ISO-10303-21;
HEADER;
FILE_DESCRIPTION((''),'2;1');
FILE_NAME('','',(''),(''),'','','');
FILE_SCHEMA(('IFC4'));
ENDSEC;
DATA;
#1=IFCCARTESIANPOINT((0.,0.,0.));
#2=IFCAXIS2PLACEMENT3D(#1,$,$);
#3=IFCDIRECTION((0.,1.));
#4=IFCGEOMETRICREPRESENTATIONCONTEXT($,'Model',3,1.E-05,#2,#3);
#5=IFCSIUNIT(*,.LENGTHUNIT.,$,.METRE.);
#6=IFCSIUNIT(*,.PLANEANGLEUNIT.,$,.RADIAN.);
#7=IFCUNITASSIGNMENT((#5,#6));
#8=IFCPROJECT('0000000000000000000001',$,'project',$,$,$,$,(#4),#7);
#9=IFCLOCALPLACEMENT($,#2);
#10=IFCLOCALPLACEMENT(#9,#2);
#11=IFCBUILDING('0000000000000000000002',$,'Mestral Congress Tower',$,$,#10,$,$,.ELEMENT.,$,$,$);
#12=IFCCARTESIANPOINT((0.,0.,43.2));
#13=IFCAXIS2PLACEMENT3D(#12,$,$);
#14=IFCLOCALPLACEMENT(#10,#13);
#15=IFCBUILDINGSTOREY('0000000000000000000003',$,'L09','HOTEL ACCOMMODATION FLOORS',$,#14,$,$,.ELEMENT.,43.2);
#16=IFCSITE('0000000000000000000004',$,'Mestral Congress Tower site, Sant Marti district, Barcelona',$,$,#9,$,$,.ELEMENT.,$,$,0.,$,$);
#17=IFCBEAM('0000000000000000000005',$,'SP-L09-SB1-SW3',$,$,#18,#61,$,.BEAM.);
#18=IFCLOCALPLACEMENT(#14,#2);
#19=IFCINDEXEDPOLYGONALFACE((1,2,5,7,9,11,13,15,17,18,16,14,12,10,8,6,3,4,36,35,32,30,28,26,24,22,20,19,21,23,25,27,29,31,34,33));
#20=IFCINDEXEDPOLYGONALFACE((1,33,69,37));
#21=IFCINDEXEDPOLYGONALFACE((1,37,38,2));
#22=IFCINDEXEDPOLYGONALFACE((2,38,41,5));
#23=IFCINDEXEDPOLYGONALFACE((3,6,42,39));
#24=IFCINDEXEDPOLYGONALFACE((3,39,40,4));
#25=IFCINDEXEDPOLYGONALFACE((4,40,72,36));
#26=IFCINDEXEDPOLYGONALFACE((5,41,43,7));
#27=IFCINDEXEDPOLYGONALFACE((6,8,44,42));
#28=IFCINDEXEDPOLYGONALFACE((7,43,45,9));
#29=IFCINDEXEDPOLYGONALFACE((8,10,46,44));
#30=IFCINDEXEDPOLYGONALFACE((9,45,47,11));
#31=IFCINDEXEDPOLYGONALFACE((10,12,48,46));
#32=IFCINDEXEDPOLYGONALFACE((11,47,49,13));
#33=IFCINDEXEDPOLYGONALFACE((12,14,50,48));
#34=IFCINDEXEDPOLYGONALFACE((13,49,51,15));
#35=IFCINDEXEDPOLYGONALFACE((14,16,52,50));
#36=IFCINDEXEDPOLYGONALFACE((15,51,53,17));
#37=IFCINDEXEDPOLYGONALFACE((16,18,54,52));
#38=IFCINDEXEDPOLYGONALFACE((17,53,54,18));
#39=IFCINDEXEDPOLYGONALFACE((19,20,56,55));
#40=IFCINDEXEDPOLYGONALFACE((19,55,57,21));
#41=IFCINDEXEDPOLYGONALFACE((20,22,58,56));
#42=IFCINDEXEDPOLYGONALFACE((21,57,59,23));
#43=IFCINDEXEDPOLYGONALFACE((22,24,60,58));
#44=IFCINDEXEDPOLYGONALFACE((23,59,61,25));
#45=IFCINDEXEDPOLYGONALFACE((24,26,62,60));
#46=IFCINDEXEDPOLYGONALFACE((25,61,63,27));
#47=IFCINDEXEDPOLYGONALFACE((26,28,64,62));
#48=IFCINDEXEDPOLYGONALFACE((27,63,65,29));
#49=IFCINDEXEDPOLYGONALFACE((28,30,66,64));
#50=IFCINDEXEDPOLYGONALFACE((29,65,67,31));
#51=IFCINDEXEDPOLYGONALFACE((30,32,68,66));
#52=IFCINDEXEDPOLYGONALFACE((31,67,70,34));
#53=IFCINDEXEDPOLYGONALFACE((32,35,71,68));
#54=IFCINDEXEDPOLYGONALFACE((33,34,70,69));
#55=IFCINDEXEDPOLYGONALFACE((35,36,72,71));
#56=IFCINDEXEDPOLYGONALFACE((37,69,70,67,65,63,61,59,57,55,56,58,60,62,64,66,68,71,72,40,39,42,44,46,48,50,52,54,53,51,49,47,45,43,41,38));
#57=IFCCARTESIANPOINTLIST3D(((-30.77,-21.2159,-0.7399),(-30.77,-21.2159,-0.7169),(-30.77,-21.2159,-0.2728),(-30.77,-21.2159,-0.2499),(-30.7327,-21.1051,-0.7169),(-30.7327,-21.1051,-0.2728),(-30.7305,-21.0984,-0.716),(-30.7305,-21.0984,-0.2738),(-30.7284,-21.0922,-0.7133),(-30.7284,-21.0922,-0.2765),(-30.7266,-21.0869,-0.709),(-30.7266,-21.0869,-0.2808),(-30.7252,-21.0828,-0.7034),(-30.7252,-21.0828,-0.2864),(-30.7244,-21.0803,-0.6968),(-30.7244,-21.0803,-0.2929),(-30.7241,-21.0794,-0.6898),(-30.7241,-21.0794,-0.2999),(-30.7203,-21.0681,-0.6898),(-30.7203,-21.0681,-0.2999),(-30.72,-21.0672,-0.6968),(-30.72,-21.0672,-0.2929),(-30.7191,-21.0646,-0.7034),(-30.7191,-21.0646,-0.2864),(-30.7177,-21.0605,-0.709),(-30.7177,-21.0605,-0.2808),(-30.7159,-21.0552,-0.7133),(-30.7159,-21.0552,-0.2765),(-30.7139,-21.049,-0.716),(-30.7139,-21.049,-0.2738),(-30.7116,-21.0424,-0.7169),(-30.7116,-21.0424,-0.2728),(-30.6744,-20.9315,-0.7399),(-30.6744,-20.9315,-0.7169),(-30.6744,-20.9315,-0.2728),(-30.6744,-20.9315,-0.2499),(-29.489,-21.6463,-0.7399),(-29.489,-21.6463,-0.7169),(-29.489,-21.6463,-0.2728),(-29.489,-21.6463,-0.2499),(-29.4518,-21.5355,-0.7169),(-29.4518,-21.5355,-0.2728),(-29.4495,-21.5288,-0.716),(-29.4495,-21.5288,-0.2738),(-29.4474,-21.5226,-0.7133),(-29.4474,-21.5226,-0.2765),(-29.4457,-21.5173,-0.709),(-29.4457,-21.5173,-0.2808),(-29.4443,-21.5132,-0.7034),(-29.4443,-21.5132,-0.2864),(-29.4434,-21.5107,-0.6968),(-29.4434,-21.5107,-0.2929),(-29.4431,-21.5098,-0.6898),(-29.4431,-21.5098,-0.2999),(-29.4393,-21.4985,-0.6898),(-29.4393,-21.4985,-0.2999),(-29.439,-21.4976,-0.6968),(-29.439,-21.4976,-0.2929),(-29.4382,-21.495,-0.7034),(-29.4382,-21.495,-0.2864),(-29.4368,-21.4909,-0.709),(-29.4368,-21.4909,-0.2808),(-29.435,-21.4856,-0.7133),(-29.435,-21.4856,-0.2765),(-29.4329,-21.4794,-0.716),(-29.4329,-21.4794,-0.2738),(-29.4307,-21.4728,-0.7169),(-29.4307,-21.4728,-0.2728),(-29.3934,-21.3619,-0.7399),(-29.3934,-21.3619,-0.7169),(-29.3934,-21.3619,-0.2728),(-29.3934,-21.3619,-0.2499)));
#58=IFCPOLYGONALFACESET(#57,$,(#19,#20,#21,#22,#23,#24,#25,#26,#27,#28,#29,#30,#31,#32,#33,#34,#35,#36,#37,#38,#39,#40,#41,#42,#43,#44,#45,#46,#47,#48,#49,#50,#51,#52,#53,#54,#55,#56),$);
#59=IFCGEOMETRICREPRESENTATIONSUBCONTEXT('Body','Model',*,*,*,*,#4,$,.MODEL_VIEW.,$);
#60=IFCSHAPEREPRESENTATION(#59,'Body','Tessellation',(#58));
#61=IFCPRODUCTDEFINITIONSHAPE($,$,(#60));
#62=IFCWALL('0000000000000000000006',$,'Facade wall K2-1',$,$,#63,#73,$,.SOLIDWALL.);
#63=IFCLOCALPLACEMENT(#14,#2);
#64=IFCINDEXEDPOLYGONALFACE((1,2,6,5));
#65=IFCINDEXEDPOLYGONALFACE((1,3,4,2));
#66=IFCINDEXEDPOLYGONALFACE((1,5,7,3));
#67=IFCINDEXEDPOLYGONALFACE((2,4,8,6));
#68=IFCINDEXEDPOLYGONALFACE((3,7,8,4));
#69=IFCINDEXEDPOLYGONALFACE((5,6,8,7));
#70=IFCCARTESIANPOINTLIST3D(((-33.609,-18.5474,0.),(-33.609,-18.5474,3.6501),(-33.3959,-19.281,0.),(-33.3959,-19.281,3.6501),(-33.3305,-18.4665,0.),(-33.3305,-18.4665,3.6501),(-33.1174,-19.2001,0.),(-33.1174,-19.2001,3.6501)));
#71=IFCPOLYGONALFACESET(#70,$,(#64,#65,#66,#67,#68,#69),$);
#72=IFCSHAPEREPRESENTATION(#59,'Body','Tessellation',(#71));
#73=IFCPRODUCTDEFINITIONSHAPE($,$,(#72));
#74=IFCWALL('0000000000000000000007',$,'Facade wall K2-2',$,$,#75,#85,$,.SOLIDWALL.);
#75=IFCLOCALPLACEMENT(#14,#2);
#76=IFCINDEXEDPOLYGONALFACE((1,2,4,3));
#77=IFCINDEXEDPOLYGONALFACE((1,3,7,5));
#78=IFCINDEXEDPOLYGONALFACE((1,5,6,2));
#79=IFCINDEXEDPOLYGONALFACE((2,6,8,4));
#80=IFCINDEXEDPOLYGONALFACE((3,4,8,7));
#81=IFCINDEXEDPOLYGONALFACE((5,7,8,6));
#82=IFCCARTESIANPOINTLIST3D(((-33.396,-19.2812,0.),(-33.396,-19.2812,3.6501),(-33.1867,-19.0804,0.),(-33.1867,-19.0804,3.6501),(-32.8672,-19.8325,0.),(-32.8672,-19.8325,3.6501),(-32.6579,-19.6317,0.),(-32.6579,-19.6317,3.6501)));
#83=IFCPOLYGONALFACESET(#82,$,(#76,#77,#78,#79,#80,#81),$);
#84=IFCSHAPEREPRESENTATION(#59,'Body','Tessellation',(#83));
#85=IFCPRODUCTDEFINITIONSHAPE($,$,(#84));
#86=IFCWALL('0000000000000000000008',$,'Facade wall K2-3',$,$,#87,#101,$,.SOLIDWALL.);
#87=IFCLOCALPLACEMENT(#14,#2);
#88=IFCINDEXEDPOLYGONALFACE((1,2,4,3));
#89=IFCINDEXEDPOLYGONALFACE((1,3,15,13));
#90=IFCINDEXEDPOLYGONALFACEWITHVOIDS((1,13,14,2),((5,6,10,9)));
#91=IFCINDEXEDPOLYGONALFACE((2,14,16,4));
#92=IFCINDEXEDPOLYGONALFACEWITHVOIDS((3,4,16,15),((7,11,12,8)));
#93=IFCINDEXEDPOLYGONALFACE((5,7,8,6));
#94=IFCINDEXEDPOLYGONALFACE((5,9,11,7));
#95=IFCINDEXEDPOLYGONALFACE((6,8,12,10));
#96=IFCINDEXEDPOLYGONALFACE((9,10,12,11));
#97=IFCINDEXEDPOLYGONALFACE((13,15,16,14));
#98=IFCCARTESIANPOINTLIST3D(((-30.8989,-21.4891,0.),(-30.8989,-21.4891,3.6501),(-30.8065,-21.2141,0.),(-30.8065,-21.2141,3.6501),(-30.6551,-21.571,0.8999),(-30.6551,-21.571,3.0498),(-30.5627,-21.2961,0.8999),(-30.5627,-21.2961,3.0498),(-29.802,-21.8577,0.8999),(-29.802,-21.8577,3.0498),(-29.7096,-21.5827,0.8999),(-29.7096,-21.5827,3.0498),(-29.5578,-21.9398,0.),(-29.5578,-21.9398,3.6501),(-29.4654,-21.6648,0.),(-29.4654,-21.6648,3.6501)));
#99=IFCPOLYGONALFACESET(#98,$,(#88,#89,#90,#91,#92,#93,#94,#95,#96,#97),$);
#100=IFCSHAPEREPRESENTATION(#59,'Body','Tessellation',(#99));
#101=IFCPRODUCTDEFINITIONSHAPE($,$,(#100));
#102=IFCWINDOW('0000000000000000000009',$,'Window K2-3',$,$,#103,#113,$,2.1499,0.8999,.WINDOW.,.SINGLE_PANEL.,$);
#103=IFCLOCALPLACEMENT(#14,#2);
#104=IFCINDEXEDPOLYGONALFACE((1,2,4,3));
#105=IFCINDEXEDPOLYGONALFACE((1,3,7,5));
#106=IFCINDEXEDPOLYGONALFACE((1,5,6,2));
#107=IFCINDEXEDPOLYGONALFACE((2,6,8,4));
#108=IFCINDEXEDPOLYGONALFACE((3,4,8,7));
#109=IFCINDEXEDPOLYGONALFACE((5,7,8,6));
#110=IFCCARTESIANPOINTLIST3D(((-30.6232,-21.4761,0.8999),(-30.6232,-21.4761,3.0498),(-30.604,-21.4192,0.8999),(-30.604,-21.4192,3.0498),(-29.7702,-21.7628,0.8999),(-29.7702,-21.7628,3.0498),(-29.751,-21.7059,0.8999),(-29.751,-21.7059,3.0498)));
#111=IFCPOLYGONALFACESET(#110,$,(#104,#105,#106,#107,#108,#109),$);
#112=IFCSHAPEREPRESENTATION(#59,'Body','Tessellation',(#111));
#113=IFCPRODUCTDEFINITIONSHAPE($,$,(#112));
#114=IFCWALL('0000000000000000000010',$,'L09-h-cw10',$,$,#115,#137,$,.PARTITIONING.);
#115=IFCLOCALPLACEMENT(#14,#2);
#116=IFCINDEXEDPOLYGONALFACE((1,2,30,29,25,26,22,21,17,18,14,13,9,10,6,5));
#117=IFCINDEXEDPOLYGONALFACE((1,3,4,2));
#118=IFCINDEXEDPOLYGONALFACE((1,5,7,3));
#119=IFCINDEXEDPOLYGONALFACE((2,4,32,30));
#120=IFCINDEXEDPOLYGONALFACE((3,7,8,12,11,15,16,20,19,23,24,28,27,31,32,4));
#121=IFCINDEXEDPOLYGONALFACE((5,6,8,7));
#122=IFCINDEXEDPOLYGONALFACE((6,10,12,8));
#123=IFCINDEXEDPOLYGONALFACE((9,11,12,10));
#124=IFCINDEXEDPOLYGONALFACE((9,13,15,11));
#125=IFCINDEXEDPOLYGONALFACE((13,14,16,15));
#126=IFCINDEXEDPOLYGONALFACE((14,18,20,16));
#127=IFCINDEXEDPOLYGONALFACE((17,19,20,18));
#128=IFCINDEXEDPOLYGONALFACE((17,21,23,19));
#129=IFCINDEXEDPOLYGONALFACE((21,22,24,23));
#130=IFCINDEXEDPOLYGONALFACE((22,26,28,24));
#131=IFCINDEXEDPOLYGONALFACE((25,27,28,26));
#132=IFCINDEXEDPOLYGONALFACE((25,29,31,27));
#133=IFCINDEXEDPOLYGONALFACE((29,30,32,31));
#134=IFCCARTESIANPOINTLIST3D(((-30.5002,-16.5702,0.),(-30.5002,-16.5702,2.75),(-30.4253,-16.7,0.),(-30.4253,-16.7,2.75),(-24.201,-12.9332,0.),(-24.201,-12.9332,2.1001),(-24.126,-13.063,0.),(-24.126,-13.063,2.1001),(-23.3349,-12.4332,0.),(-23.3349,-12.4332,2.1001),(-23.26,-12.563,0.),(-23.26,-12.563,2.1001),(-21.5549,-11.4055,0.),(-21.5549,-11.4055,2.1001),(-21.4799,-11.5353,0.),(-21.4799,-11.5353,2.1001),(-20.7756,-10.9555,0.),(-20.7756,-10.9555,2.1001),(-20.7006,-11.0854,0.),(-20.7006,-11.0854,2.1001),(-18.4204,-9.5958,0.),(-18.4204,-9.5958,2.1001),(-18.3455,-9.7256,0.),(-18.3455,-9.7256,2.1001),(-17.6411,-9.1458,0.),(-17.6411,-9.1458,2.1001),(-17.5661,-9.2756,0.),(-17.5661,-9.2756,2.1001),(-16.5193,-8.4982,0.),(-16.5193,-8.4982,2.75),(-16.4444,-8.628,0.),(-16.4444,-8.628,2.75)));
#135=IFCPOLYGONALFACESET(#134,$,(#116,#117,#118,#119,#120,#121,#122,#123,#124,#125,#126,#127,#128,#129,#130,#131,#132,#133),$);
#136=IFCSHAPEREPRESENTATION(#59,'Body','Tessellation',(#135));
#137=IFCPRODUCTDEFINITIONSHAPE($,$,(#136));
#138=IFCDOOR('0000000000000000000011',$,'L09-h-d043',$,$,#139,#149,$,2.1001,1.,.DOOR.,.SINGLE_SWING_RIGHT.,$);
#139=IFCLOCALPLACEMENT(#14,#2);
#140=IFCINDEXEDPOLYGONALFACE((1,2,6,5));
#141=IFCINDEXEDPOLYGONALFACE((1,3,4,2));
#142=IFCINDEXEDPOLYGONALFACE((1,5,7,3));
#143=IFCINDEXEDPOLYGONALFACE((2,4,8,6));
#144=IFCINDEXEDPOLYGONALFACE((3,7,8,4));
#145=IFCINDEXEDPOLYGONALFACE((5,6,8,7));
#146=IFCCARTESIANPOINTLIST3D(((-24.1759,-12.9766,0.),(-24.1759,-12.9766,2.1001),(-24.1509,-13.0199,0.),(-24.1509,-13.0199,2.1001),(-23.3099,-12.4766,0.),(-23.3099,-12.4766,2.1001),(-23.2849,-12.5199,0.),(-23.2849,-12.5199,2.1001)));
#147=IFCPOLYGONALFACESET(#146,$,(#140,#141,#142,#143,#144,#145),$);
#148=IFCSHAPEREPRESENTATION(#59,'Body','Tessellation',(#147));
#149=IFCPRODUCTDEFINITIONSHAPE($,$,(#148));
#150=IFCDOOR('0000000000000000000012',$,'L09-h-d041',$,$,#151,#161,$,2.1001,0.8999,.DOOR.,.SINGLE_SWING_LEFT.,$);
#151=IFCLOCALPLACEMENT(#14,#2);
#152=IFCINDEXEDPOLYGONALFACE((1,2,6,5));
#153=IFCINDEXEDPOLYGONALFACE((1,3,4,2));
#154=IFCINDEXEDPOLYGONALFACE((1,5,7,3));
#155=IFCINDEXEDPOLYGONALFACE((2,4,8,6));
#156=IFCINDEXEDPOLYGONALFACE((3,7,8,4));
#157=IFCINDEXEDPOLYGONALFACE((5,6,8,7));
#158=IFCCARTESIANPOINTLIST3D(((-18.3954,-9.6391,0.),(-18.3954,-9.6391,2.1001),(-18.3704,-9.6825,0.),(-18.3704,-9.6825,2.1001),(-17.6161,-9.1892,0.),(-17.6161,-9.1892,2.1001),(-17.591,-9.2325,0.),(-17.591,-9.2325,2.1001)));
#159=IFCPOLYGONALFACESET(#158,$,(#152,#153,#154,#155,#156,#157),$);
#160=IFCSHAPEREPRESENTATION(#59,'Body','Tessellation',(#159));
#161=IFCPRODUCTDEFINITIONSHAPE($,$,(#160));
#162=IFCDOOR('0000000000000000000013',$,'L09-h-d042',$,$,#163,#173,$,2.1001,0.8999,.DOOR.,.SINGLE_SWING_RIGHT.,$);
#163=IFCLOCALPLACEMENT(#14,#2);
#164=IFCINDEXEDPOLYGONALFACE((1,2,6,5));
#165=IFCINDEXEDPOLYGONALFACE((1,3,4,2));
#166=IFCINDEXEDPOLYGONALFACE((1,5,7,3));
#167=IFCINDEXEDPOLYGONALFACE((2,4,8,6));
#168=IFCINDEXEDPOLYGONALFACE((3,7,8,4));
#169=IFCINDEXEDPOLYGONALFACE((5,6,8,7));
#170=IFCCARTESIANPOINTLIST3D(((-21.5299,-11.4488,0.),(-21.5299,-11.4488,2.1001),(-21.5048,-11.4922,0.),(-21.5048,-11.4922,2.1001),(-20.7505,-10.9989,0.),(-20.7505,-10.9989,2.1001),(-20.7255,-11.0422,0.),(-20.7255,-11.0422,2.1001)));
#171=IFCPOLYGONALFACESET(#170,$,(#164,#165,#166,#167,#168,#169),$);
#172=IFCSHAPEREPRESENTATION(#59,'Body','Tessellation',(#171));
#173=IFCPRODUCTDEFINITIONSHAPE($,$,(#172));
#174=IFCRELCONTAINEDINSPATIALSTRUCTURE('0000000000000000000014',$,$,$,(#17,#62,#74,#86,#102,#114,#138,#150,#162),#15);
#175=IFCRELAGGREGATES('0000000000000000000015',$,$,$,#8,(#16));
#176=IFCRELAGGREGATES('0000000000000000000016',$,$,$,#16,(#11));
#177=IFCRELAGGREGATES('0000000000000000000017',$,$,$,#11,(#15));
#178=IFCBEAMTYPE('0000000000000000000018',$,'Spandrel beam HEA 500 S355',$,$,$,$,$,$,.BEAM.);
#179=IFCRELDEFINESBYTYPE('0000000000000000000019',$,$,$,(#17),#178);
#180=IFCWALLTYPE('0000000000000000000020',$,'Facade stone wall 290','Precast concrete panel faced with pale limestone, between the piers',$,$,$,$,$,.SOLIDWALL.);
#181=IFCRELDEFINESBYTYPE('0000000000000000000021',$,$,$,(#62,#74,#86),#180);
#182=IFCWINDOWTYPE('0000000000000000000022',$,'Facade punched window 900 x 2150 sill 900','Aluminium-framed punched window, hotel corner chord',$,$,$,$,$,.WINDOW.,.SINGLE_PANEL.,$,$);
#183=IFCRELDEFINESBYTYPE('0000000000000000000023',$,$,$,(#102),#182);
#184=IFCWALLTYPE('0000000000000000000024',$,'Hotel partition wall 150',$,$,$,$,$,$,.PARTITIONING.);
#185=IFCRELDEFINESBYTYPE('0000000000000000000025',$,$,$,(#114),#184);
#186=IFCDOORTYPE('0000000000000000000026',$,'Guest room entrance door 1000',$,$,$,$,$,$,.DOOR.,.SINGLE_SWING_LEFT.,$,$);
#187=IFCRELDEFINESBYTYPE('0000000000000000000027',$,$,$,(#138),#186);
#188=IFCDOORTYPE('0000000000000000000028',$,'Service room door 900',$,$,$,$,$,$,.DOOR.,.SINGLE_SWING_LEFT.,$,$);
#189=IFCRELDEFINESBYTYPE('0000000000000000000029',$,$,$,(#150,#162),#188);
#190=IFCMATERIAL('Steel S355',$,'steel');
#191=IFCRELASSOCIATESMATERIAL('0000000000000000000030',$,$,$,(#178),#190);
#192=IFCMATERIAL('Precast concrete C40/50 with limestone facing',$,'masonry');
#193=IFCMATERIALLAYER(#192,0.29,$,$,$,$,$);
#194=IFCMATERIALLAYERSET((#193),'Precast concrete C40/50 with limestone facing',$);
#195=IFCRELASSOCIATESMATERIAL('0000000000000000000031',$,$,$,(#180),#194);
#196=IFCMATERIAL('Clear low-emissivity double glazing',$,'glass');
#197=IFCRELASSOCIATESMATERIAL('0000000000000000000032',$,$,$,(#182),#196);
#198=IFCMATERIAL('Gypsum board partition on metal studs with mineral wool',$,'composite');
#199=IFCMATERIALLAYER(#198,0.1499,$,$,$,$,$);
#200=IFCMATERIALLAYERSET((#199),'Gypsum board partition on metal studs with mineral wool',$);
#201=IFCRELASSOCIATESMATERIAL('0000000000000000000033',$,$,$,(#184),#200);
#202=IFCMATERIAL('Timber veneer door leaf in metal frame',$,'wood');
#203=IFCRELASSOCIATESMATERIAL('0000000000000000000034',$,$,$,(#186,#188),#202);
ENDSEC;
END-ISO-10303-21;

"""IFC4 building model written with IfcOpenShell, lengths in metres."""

from ifc_helpers import new_model, si_unit, direction, frame, frame_2d, origin, origin_2d, place, context, subcontext, project, spatial, rectangle, i_section, extrude, material, layer, layer_set, material_profile, profile_set, type_object, element, fill, save


model = new_model("IFC4")

# Units and contexts
model_context = context("Model", 3, precision=1e-05, world=origin(), true_north=direction((0.0, 1.0)))
body_context = subcontext(model_context, "Body", "Model", "MODEL_VIEW")
ifc_project = project(units=[si_unit("LENGTHUNIT", "METRE"), si_unit("PLANEANGLEUNIT", "RADIAN")], contexts=[model_context])

# Site, building, storey
site_placement = place(None, origin())
site = spatial("IfcSite", under=ifc_project, at=site_placement, Name="Mestral Congress Tower site, Sant Marti district, Barcelona", CompositionType="ELEMENT", RefElevation=0.0)
building_placement = place(site_placement, origin())
building = spatial("IfcBuilding", under=site, at=building_placement, Name="Mestral Congress Tower", CompositionType="ELEMENT")
storey_placement = place(building_placement, frame((0.0, 0.0, 43.2)))
storey = spatial("IfcBuildingStorey", under=building, at=storey_placement, Name="L09", Description="HOTEL ACCOMMODATION FLOORS", CompositionType="ELEMENT", Elevation=43.2)

# Beam
ifc_material_1 = material(Name="Steel S355", Category="steel")
ifc_material_profile_1 = material_profile(ifc_material_1, i_section(OverallWidth=0.3, OverallDepth=0.49, WebThickness=0.012, FlangeThickness=0.0229, FilletRadius=0.0271, at=origin_2d()), Name="HEA 500")
ifc_profile_set_1 = profile_set([ifc_material_profile_1], Name="Steel S355")
beam_type_1 = type_object("IfcBeamType", Name="Spandrel beam HEA 500 S355", PredefinedType="BEAM", material=ifc_profile_set_1)
beam_1_placement = place(storey_placement, frame((-30.7222, -21.0737, -0.4949), z_axis=(0.947922, -0.318503, 0.0), x_axis=(0.318503, 0.947922, 0.0)))
element("IfcBeam", 1, at=beam_1_placement, inside=storey, type_object=beam_type_1, Name="SP-L09-SB1-SW3", PredefinedType="BEAM", context=body_context, shape_type="SweptSolid", body=[
    extrude(i_section(OverallWidth=0.3, OverallDepth=0.49, WebThickness=0.012, FlangeThickness=0.0229, FilletRadius=0.0271, at=origin_2d()), origin(), (0.0, 0.0, 1.0), 1.3513),
])

# Walls
ifc_material_2 = material(Name="Precast concrete C40/50 with limestone facing", Category="masonry")
ifc_layer_1 = layer(ifc_material_2, 0.29)
ifc_layer_set_1 = layer_set([ifc_layer_1], Name="Precast concrete C40/50 with limestone facing")
wall_type_1 = type_object("IfcWallType", Name="Facade stone wall 290", Description="Precast concrete panel faced with pale limestone, between the piers", PredefinedType="SOLIDWALL", material=ifc_layer_set_1)
for number, where, z_axis, x_axis, name in (
    (2, (-33.4697, -18.5071, 0.0), (0.0, 0.0, 1.0), (0.278981, -0.960297, 0.0), "Facade wall K2-1"),
    (3, (-33.2913, -19.1809, 0.0), (0.0, 0.0, 1.0), (0.692252, -0.721656, 0.0), "Facade wall K2-2"),
):
    element("IfcWall", number, at=place(storey_placement, frame(where, z_axis=z_axis, x_axis=x_axis)), inside=storey, type_object=wall_type_1, Name=name, PredefinedType="SOLIDWALL", context=body_context, shape_type="SweptSolid", body=[
        extrude(rectangle(XDim=0.7639, YDim=0.29, at=frame_2d((0.3818, 0.0))), origin(), (0.0, 0.0, 1.0), 3.6501),
    ])

# Wall, opening, window
wall_1_placement = place(storey_placement, frame((-30.8528, -21.3516, 0.0), z_axis=(0.0, 0.0, 1.0), x_axis=(0.947904, -0.318556, 0.0)))
wall_1 = element("IfcWall", 4, at=wall_1_placement, inside=storey, type_object=wall_type_1, Name="Facade wall K2-3", PredefinedType="SOLIDWALL", context=body_context, shape_type="SweptSolid", body=[
    extrude(rectangle(XDim=1.4148, YDim=0.29, at=frame_2d((0.7075, 0.0))), origin(), (0.0, 0.0, 1.0), 3.6501),
])
opening_1_placement = place(wall_1_placement, frame((0.2573, 0.0, 0.8999)))
opening_1 = element("IfcOpeningElement", 5, at=opening_1_placement, cuts=wall_1, PredefinedType="OPENING", context=body_context, shape_type="SweptSolid", body=[
    extrude(rectangle(XDim=0.8999, YDim=2.1499, at=frame_2d((0.45, 1.075))), frame((0.0, 0.155, 0.0), z_axis=(0.0, -1.0, 0.0), x_axis=(1.0, 0.0, 0.0)), (0.0, 0.0, 1.0), 0.3101),
])
ifc_material_3 = material(Name="Clear low-emissivity double glazing", Category="glass")
window_type = type_object("IfcWindowType", Name="Facade punched window 900 x 2150 sill 900", Description="Aluminium-framed punched window, hotel corner chord", PartitioningType="SINGLE_PANEL", PredefinedType="WINDOW", material=ifc_material_3)
window_placement = place(opening_1_placement, origin())
window = element("IfcWindow", 6, at=window_placement, inside=storey, type_object=window_type, Name="Window K2-3", OverallHeight=2.1499, OverallWidth=0.8999, PartitioningType="SINGLE_PANEL", PredefinedType="WINDOW", context=body_context, shape_type="SweptSolid", body=[
    extrude(rectangle(XDim=0.8999, YDim=2.1499, at=frame_2d((0.45, 1.075))), frame((0.0, 0.0151, 0.0), z_axis=(0.0, -1.0, 0.0), x_axis=(1.0, 0.0, 0.0)), (0.0, 0.0, 1.0), 0.0601),
])
fill(opening_1, window)

# Wall, openings, doors
ifc_material_4 = material(Name="Gypsum board partition on metal studs with mineral wool", Category="composite")
ifc_layer_2 = layer(ifc_material_4, 0.1499)
ifc_layer_set_2 = layer_set([ifc_layer_2], Name="Gypsum board partition on metal studs with mineral wool")
wall_type_2 = type_object("IfcWallType", Name="Hotel partition wall 150", PredefinedType="PARTITIONING", material=ifc_layer_set_2)
wall_2_placement = place(storey_placement, frame((-30.4626, -16.635, 0.0), z_axis=(0.0, 0.0, 1.0), x_axis=(0.866022, 0.500005, 0.0)))
wall_2 = element("IfcWall", 7, at=wall_2_placement, inside=storey, type_object=wall_type_2, Name="L09-h-cw10", PredefinedType="PARTITIONING", context=body_context, shape_type="SweptSolid", body=[
    extrude(rectangle(XDim=16.1438, YDim=0.1499, at=frame_2d((8.0718, 0.0))), origin(), (0.0, 0.0, 1.0), 2.75),
])
opening_2_placement = place(wall_2_placement, frame((13.9485, 0.0, 0.0)))
opening_2 = element("IfcOpeningElement", 8, at=opening_2_placement, cuts=wall_2, PredefinedType="OPENING", context=body_context, shape_type="SweptSolid", body=[
    extrude(rectangle(XDim=0.8999, YDim=2.1001, at=frame_2d((0.45, 1.05))), frame((0.0, 0.085, 0.0), z_axis=(0.0, -1.0, 0.0), x_axis=(1.0, 0.0, 0.0)), (0.0, 0.0, 1.0), 0.1699),
])
opening_3_placement = place(wall_2_placement, frame((10.3291, 0.0, 0.0)))
opening_3 = element("IfcOpeningElement", 9, at=opening_3_placement, cuts=wall_2, PredefinedType="OPENING", context=body_context, shape_type="SweptSolid", body=[
    extrude(rectangle(XDim=0.8999, YDim=2.1001, at=frame_2d((0.45, 1.05))), frame((0.0, 0.085, 0.0), z_axis=(0.0, -1.0, 0.0), x_axis=(1.0, 0.0, 0.0)), (0.0, 0.0, 1.0), 0.1699),
])
opening_4_placement = place(wall_2_placement, frame((7.2737, 0.0, 0.0)))
opening_4 = element("IfcOpeningElement", 10, at=opening_4_placement, cuts=wall_2, PredefinedType="OPENING", context=body_context, shape_type="SweptSolid", body=[
    extrude(rectangle(XDim=1.0, YDim=2.1001, at=frame_2d((0.5, 1.05))), frame((0.0, 0.085, 0.0), z_axis=(0.0, -1.0, 0.0), x_axis=(1.0, 0.0, 0.0)), (0.0, 0.0, 1.0), 0.1699),
])
ifc_material_5 = material(Name="Timber veneer door leaf in metal frame", Category="wood")
door_type_1 = type_object("IfcDoorType", Name="Guest room entrance door 1000", OperationType="SINGLE_SWING_LEFT", PredefinedType="DOOR", material=ifc_material_5)
door_1_placement = place(opening_4_placement, origin())
door_1 = element("IfcDoor", 11, at=door_1_placement, inside=storey, type_object=door_type_1, Name="L09-h-d043", OperationType="SINGLE_SWING_RIGHT", OverallHeight=2.1001, OverallWidth=1.0, PredefinedType="DOOR", context=body_context, shape_type="SweptSolid", body=[
    extrude(rectangle(XDim=1.0, YDim=2.1001, at=frame_2d((0.5, 1.05))), frame((0.0, 0.0249, 0.0), z_axis=(0.0, -1.0, 0.0), x_axis=(1.0, 0.0, 0.0)), (0.0, 0.0, 1.0), 0.05),
])
fill(opening_4, door_1)
door_type_2 = type_object("IfcDoorType", Name="Service room door 900", OperationType="SINGLE_SWING_LEFT", PredefinedType="DOOR", material=ifc_material_5)
door_2_placement = place(opening_2_placement, origin())
door_2 = element("IfcDoor", 12, at=door_2_placement, inside=storey, type_object=door_type_2, Name="L09-h-d041", OperationType="SINGLE_SWING_LEFT", OverallHeight=2.1001, OverallWidth=0.8999, PredefinedType="DOOR", context=body_context, shape_type="SweptSolid", body=[
    extrude(rectangle(XDim=0.8999, YDim=2.1001, at=frame_2d((0.45, 1.05))), frame((0.0, 0.0249, 0.0), z_axis=(0.0, -1.0, 0.0), x_axis=(1.0, 0.0, 0.0)), (0.0, 0.0, 1.0), 0.05),
])
fill(opening_2, door_2)
door_3_placement = place(opening_3_placement, origin())
door_3 = element("IfcDoor", 13, at=door_3_placement, inside=storey, type_object=door_type_2, Name="L09-h-d042", OperationType="SINGLE_SWING_RIGHT", OverallHeight=2.1001, OverallWidth=0.8999, PredefinedType="DOOR", context=body_context, shape_type="SweptSolid", body=[
    extrude(rectangle(XDim=0.8999, YDim=2.1001, at=frame_2d((0.45, 1.05))), frame((0.0, 0.0249, 0.0), z_axis=(0.0, -1.0, 0.0), x_axis=(1.0, 0.0, 0.0)), (0.0, 0.0, 1.0), 0.05),
])
fill(opening_3, door_3)

save(model, "model.ifc")
